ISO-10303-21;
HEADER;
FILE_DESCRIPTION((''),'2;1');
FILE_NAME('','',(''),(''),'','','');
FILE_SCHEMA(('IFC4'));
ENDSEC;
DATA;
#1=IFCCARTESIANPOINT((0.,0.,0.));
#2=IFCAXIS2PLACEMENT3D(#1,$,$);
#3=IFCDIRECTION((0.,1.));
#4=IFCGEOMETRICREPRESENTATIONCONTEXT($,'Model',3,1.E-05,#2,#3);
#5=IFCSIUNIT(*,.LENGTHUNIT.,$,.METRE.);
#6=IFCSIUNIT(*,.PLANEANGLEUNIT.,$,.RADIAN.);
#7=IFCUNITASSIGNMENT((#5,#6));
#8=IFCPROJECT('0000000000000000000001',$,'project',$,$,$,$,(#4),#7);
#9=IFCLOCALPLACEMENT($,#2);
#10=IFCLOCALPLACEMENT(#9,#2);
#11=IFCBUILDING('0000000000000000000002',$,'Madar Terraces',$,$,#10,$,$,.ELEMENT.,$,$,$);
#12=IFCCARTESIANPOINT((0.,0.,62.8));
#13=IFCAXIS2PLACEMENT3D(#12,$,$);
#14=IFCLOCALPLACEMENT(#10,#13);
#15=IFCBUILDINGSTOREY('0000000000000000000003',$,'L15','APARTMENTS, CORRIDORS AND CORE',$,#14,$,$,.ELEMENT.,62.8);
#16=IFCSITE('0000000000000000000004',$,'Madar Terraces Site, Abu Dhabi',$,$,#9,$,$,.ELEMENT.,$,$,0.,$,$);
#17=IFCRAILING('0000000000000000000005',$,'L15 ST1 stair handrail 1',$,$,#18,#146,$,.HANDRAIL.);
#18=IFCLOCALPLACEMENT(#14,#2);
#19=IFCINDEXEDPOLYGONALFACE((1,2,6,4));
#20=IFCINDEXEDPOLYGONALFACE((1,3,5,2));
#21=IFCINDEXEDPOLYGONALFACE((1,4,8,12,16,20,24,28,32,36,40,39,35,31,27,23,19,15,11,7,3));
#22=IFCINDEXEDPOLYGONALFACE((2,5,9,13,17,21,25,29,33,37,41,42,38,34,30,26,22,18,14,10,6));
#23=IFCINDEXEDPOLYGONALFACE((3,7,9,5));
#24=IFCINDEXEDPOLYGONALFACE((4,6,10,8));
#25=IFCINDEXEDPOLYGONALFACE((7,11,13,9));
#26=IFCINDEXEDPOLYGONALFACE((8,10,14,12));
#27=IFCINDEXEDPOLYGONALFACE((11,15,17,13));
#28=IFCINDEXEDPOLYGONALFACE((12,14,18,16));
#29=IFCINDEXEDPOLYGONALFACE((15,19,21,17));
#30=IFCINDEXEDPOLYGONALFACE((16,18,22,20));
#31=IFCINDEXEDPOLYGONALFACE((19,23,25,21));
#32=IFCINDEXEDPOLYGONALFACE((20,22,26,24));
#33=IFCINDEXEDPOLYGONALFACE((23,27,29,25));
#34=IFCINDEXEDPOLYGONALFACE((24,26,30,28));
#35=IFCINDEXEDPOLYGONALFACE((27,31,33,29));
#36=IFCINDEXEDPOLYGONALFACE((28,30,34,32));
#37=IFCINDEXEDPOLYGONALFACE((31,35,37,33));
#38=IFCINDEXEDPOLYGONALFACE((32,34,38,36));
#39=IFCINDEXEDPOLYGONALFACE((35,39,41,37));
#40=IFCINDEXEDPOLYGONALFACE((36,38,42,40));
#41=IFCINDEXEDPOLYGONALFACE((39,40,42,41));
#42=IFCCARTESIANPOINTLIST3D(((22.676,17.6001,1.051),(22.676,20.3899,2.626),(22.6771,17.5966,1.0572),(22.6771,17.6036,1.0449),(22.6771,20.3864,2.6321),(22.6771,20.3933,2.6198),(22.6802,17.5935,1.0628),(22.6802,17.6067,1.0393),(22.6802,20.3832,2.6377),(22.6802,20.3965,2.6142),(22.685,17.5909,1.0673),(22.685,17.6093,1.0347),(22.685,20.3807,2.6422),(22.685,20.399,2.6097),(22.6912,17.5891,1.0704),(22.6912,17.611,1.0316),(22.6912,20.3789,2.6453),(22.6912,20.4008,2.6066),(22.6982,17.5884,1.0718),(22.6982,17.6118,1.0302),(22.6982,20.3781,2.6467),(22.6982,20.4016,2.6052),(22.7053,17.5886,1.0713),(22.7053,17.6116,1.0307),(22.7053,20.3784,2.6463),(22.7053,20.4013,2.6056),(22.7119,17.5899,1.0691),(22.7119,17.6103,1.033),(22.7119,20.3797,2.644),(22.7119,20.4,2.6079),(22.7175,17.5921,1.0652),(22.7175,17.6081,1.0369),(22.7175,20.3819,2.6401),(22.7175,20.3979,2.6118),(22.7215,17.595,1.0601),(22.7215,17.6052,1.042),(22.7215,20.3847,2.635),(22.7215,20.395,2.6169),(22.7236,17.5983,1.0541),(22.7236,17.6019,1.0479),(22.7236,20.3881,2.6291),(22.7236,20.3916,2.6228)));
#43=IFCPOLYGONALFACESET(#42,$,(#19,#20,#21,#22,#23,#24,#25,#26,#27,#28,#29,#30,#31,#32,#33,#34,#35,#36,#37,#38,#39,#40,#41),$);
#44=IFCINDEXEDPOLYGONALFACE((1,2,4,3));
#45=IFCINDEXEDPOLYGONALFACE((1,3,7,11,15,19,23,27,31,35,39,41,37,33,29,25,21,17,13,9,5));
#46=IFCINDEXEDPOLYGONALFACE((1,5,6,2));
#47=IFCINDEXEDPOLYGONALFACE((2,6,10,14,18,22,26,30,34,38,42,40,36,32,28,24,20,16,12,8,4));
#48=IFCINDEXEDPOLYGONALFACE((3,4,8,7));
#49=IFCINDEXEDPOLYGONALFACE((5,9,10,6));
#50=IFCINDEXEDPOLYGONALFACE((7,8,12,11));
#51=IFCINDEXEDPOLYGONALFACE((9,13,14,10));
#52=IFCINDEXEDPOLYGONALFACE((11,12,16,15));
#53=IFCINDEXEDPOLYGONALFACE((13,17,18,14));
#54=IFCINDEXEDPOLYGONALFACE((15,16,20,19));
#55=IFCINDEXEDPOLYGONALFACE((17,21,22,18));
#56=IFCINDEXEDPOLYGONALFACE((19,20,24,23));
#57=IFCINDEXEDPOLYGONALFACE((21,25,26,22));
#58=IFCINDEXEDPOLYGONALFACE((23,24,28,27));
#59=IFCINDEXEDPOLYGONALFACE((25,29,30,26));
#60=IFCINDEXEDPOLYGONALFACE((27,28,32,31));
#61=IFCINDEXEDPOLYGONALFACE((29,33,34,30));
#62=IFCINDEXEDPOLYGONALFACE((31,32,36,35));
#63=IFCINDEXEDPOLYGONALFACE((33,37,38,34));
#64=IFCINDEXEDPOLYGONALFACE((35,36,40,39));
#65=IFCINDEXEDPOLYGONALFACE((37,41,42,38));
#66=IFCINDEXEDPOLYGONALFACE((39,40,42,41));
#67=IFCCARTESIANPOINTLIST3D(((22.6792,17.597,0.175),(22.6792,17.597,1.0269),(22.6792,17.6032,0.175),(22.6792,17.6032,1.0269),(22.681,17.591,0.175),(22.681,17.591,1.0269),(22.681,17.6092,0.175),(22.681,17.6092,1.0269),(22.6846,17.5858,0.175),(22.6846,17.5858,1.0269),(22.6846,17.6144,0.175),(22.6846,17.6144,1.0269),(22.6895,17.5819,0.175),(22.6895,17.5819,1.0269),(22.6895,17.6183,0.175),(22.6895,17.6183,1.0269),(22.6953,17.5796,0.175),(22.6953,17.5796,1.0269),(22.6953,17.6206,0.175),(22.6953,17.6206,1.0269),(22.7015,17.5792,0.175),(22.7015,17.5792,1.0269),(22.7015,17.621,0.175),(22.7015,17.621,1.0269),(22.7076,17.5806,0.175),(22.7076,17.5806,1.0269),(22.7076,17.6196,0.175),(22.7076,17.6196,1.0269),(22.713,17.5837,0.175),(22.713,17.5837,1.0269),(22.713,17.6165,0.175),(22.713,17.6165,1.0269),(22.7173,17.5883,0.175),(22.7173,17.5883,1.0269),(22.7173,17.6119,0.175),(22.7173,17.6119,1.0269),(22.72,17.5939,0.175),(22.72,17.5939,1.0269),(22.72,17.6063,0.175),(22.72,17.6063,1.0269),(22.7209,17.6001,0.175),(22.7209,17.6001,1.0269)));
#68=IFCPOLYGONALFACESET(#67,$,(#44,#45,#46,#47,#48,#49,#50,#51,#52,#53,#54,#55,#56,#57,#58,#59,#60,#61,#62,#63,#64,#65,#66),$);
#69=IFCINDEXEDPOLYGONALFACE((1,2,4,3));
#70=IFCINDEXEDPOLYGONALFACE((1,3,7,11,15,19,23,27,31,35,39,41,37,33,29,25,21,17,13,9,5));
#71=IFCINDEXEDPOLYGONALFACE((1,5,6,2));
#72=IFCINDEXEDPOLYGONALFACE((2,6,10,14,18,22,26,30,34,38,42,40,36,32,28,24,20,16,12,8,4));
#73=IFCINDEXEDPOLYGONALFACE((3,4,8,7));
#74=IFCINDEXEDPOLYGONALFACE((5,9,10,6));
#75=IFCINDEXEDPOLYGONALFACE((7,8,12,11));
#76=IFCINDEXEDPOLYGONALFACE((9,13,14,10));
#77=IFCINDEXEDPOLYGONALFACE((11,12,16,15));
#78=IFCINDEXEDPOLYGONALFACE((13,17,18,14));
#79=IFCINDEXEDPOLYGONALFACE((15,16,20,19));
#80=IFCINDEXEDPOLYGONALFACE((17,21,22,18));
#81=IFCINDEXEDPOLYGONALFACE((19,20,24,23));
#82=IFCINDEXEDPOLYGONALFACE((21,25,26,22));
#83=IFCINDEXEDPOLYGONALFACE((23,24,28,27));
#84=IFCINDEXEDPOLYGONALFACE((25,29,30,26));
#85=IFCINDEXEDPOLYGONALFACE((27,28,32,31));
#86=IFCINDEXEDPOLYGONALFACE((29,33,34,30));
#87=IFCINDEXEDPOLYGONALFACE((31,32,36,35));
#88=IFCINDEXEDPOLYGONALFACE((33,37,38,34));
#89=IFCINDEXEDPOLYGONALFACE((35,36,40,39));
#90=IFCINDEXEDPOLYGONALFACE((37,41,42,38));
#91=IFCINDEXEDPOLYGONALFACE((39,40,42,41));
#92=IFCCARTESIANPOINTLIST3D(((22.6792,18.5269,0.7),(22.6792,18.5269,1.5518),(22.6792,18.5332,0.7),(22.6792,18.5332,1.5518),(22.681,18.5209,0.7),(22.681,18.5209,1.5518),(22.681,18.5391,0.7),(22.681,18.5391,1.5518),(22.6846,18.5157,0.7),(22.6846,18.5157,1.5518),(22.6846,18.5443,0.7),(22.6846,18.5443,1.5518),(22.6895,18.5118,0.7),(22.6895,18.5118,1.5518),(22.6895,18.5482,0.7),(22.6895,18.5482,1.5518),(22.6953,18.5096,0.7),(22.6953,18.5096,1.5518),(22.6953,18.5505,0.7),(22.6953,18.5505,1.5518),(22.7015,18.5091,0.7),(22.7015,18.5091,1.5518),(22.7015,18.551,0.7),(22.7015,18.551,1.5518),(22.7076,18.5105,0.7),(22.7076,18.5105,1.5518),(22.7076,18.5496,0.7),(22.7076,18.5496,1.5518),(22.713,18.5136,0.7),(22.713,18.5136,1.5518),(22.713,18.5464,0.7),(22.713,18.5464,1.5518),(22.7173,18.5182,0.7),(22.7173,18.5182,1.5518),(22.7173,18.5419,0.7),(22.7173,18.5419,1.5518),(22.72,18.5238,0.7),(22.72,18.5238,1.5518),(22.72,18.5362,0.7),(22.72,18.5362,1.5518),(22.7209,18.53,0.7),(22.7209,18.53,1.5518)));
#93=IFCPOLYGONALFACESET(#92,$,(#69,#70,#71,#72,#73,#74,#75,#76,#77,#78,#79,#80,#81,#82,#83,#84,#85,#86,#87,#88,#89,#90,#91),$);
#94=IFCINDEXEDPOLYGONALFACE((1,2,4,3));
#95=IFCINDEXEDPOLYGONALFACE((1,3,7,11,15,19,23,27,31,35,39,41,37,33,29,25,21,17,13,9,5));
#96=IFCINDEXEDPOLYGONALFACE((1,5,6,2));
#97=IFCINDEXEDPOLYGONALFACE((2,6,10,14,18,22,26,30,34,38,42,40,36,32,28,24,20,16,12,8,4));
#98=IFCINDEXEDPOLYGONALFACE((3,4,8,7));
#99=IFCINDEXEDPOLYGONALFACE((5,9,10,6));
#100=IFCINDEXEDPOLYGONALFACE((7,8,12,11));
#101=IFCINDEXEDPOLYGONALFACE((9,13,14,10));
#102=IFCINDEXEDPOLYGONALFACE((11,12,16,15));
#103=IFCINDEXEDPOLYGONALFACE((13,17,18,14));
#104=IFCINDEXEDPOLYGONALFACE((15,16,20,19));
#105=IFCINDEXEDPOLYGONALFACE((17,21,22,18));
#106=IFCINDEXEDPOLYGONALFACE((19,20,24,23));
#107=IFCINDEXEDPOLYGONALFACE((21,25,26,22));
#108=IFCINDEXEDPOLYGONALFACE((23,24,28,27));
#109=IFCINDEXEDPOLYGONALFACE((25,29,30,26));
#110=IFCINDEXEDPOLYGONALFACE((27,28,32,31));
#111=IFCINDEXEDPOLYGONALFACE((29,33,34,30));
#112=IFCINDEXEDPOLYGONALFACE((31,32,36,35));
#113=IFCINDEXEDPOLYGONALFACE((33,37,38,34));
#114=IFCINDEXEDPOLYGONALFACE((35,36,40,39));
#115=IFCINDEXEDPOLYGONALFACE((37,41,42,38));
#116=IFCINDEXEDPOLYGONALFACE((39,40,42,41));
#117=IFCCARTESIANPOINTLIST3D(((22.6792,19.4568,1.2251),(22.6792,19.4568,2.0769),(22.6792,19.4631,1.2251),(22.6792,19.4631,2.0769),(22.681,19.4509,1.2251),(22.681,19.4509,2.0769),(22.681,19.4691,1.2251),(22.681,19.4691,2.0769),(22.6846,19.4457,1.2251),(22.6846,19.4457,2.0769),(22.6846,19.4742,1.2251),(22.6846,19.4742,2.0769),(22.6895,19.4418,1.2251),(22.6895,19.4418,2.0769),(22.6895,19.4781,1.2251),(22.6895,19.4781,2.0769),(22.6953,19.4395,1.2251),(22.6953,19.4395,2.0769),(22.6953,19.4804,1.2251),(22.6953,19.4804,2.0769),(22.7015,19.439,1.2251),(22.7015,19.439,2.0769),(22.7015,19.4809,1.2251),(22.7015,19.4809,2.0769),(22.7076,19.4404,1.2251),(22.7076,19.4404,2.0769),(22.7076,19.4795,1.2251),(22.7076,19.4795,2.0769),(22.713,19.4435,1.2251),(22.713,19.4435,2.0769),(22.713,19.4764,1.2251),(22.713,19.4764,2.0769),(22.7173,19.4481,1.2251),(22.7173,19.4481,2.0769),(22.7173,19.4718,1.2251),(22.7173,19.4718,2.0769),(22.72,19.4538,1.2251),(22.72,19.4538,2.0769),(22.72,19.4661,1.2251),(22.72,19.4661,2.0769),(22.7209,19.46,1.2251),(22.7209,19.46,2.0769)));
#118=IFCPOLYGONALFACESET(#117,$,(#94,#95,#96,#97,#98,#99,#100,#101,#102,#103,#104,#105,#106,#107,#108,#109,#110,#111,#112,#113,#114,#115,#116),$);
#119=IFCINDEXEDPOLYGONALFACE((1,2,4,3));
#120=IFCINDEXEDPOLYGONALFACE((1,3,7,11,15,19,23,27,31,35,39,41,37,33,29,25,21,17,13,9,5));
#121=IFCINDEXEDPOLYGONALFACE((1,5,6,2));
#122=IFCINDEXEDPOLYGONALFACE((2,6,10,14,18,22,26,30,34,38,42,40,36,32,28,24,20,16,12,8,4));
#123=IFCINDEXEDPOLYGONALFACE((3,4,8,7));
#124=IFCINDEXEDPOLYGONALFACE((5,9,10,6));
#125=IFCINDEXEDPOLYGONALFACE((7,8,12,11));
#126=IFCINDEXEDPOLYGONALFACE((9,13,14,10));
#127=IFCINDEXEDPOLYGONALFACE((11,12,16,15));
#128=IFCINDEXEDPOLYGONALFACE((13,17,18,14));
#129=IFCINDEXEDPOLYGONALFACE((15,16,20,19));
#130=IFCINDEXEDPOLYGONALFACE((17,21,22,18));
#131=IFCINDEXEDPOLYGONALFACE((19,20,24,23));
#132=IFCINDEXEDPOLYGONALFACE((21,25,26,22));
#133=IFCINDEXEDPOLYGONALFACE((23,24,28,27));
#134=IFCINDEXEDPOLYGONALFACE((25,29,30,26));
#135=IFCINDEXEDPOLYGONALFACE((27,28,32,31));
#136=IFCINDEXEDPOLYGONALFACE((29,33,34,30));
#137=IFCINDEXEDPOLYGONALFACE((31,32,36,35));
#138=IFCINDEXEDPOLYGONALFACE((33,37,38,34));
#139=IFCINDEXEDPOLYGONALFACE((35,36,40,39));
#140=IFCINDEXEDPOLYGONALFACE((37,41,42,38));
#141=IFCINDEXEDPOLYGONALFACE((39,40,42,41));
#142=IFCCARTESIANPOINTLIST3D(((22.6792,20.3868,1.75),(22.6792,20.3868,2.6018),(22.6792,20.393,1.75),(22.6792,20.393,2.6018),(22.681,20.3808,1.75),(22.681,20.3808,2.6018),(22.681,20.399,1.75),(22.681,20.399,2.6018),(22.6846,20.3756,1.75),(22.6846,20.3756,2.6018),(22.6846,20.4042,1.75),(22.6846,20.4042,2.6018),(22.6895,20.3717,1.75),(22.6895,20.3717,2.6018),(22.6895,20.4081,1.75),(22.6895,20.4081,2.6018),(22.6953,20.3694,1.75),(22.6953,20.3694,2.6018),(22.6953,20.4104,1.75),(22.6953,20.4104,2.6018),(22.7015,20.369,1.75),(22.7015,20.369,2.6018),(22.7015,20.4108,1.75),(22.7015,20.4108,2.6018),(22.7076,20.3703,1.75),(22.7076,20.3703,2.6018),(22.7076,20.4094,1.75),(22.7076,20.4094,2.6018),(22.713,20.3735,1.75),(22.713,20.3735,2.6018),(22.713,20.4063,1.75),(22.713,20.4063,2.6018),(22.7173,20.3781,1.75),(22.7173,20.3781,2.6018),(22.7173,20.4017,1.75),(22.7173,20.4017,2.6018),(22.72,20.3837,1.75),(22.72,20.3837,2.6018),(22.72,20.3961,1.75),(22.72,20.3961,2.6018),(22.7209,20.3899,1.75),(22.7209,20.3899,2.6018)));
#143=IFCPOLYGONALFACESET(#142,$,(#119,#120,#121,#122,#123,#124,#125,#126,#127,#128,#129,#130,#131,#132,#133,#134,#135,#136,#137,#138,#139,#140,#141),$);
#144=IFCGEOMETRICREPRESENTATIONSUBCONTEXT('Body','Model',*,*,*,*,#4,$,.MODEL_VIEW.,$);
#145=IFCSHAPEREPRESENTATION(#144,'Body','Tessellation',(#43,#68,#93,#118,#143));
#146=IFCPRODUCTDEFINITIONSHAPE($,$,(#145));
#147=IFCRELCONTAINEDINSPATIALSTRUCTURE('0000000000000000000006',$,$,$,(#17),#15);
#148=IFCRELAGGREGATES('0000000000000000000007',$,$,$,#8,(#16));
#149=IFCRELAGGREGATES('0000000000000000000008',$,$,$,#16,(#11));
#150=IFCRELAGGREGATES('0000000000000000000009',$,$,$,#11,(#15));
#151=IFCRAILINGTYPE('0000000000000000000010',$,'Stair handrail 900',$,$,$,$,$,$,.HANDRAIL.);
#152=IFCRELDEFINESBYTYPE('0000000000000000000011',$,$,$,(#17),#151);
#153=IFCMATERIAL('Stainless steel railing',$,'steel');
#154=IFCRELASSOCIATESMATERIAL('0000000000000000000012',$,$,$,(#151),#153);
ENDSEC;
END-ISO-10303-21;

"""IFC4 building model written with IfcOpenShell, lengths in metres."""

from ifc_helpers import new_model, si_unit, direction, frame, origin, origin_2d, place, context, subcontext, project, spatial, circle, extrude, material, type_object, element, save


model = new_model("IFC4")

# Units and contexts
model_context = context("Model", 3, precision=1e-05, world=origin(), true_north=direction((0.0, 1.0)))
body_context = subcontext(model_context, "Body", "Model", "MODEL_VIEW")
ifc_project = project(units=[si_unit("LENGTHUNIT", "METRE"), si_unit("PLANEANGLEUNIT", "RADIAN")], contexts=[model_context])

# Site, building, storey
site_placement = place(None, origin())
site = spatial("IfcSite", under=ifc_project, at=site_placement, Name="Madar Terraces Site, Abu Dhabi", CompositionType="ELEMENT", RefElevation=0.0)
building_placement = place(site_placement, origin())
building = spatial("IfcBuilding", under=site, at=building_placement, Name="Madar Terraces", CompositionType="ELEMENT")
storey_placement = place(building_placement, frame((0.0, 0.0, 62.8)))
storey = spatial("IfcBuildingStorey", under=building, at=storey_placement, Name="L15", Description="APARTMENTS, CORRIDORS AND CORE", CompositionType="ELEMENT", Elevation=62.8)

# Railing
ifc_material_1 = material(Name="Stainless steel railing", Category="steel")
railing_type_1 = type_object("IfcRailingType", Name="Stair handrail 900", PredefinedType="HANDRAIL", material=ifc_material_1)
railing_1_placement = place(storey_placement, frame((22.7, 17.6001, 0.175)))
element("IfcRailing", 1, at=railing_1_placement, inside=storey, type_object=railing_type_1, Name="L15 ST1 stair handrail 1", PredefinedType="HANDRAIL", context=body_context, shape_type="SweptSolid", body=[
    extrude(circle(Radius=0.0239, at=origin_2d()), frame((0.0, 0.0, 0.876), z_axis=(0.0, 0.870815, 0.49161), x_axis=(-1.0, 0.0, 0.0)), (0.0, 0.0, 1.0), 3.2036),
    extrude(circle(Radius=0.021, at=origin_2d()), origin(), (0.0, 0.0, 1.0), 0.8518),
    extrude(circle(Radius=0.021, at=origin_2d()), frame((0.0, 0.9299, 0.5249)), (0.0, 0.0, 1.0), 0.8518),
    extrude(circle(Radius=0.021, at=origin_2d()), frame((0.0, 1.8599, 1.05)), (0.0, 0.0, 1.0), 0.8518),
    extrude(circle(Radius=0.021, at=origin_2d()), frame((0.0, 2.7898, 1.575)), (0.0, 0.0, 1.0), 0.8518),
])

save(model, "model.ifc")
